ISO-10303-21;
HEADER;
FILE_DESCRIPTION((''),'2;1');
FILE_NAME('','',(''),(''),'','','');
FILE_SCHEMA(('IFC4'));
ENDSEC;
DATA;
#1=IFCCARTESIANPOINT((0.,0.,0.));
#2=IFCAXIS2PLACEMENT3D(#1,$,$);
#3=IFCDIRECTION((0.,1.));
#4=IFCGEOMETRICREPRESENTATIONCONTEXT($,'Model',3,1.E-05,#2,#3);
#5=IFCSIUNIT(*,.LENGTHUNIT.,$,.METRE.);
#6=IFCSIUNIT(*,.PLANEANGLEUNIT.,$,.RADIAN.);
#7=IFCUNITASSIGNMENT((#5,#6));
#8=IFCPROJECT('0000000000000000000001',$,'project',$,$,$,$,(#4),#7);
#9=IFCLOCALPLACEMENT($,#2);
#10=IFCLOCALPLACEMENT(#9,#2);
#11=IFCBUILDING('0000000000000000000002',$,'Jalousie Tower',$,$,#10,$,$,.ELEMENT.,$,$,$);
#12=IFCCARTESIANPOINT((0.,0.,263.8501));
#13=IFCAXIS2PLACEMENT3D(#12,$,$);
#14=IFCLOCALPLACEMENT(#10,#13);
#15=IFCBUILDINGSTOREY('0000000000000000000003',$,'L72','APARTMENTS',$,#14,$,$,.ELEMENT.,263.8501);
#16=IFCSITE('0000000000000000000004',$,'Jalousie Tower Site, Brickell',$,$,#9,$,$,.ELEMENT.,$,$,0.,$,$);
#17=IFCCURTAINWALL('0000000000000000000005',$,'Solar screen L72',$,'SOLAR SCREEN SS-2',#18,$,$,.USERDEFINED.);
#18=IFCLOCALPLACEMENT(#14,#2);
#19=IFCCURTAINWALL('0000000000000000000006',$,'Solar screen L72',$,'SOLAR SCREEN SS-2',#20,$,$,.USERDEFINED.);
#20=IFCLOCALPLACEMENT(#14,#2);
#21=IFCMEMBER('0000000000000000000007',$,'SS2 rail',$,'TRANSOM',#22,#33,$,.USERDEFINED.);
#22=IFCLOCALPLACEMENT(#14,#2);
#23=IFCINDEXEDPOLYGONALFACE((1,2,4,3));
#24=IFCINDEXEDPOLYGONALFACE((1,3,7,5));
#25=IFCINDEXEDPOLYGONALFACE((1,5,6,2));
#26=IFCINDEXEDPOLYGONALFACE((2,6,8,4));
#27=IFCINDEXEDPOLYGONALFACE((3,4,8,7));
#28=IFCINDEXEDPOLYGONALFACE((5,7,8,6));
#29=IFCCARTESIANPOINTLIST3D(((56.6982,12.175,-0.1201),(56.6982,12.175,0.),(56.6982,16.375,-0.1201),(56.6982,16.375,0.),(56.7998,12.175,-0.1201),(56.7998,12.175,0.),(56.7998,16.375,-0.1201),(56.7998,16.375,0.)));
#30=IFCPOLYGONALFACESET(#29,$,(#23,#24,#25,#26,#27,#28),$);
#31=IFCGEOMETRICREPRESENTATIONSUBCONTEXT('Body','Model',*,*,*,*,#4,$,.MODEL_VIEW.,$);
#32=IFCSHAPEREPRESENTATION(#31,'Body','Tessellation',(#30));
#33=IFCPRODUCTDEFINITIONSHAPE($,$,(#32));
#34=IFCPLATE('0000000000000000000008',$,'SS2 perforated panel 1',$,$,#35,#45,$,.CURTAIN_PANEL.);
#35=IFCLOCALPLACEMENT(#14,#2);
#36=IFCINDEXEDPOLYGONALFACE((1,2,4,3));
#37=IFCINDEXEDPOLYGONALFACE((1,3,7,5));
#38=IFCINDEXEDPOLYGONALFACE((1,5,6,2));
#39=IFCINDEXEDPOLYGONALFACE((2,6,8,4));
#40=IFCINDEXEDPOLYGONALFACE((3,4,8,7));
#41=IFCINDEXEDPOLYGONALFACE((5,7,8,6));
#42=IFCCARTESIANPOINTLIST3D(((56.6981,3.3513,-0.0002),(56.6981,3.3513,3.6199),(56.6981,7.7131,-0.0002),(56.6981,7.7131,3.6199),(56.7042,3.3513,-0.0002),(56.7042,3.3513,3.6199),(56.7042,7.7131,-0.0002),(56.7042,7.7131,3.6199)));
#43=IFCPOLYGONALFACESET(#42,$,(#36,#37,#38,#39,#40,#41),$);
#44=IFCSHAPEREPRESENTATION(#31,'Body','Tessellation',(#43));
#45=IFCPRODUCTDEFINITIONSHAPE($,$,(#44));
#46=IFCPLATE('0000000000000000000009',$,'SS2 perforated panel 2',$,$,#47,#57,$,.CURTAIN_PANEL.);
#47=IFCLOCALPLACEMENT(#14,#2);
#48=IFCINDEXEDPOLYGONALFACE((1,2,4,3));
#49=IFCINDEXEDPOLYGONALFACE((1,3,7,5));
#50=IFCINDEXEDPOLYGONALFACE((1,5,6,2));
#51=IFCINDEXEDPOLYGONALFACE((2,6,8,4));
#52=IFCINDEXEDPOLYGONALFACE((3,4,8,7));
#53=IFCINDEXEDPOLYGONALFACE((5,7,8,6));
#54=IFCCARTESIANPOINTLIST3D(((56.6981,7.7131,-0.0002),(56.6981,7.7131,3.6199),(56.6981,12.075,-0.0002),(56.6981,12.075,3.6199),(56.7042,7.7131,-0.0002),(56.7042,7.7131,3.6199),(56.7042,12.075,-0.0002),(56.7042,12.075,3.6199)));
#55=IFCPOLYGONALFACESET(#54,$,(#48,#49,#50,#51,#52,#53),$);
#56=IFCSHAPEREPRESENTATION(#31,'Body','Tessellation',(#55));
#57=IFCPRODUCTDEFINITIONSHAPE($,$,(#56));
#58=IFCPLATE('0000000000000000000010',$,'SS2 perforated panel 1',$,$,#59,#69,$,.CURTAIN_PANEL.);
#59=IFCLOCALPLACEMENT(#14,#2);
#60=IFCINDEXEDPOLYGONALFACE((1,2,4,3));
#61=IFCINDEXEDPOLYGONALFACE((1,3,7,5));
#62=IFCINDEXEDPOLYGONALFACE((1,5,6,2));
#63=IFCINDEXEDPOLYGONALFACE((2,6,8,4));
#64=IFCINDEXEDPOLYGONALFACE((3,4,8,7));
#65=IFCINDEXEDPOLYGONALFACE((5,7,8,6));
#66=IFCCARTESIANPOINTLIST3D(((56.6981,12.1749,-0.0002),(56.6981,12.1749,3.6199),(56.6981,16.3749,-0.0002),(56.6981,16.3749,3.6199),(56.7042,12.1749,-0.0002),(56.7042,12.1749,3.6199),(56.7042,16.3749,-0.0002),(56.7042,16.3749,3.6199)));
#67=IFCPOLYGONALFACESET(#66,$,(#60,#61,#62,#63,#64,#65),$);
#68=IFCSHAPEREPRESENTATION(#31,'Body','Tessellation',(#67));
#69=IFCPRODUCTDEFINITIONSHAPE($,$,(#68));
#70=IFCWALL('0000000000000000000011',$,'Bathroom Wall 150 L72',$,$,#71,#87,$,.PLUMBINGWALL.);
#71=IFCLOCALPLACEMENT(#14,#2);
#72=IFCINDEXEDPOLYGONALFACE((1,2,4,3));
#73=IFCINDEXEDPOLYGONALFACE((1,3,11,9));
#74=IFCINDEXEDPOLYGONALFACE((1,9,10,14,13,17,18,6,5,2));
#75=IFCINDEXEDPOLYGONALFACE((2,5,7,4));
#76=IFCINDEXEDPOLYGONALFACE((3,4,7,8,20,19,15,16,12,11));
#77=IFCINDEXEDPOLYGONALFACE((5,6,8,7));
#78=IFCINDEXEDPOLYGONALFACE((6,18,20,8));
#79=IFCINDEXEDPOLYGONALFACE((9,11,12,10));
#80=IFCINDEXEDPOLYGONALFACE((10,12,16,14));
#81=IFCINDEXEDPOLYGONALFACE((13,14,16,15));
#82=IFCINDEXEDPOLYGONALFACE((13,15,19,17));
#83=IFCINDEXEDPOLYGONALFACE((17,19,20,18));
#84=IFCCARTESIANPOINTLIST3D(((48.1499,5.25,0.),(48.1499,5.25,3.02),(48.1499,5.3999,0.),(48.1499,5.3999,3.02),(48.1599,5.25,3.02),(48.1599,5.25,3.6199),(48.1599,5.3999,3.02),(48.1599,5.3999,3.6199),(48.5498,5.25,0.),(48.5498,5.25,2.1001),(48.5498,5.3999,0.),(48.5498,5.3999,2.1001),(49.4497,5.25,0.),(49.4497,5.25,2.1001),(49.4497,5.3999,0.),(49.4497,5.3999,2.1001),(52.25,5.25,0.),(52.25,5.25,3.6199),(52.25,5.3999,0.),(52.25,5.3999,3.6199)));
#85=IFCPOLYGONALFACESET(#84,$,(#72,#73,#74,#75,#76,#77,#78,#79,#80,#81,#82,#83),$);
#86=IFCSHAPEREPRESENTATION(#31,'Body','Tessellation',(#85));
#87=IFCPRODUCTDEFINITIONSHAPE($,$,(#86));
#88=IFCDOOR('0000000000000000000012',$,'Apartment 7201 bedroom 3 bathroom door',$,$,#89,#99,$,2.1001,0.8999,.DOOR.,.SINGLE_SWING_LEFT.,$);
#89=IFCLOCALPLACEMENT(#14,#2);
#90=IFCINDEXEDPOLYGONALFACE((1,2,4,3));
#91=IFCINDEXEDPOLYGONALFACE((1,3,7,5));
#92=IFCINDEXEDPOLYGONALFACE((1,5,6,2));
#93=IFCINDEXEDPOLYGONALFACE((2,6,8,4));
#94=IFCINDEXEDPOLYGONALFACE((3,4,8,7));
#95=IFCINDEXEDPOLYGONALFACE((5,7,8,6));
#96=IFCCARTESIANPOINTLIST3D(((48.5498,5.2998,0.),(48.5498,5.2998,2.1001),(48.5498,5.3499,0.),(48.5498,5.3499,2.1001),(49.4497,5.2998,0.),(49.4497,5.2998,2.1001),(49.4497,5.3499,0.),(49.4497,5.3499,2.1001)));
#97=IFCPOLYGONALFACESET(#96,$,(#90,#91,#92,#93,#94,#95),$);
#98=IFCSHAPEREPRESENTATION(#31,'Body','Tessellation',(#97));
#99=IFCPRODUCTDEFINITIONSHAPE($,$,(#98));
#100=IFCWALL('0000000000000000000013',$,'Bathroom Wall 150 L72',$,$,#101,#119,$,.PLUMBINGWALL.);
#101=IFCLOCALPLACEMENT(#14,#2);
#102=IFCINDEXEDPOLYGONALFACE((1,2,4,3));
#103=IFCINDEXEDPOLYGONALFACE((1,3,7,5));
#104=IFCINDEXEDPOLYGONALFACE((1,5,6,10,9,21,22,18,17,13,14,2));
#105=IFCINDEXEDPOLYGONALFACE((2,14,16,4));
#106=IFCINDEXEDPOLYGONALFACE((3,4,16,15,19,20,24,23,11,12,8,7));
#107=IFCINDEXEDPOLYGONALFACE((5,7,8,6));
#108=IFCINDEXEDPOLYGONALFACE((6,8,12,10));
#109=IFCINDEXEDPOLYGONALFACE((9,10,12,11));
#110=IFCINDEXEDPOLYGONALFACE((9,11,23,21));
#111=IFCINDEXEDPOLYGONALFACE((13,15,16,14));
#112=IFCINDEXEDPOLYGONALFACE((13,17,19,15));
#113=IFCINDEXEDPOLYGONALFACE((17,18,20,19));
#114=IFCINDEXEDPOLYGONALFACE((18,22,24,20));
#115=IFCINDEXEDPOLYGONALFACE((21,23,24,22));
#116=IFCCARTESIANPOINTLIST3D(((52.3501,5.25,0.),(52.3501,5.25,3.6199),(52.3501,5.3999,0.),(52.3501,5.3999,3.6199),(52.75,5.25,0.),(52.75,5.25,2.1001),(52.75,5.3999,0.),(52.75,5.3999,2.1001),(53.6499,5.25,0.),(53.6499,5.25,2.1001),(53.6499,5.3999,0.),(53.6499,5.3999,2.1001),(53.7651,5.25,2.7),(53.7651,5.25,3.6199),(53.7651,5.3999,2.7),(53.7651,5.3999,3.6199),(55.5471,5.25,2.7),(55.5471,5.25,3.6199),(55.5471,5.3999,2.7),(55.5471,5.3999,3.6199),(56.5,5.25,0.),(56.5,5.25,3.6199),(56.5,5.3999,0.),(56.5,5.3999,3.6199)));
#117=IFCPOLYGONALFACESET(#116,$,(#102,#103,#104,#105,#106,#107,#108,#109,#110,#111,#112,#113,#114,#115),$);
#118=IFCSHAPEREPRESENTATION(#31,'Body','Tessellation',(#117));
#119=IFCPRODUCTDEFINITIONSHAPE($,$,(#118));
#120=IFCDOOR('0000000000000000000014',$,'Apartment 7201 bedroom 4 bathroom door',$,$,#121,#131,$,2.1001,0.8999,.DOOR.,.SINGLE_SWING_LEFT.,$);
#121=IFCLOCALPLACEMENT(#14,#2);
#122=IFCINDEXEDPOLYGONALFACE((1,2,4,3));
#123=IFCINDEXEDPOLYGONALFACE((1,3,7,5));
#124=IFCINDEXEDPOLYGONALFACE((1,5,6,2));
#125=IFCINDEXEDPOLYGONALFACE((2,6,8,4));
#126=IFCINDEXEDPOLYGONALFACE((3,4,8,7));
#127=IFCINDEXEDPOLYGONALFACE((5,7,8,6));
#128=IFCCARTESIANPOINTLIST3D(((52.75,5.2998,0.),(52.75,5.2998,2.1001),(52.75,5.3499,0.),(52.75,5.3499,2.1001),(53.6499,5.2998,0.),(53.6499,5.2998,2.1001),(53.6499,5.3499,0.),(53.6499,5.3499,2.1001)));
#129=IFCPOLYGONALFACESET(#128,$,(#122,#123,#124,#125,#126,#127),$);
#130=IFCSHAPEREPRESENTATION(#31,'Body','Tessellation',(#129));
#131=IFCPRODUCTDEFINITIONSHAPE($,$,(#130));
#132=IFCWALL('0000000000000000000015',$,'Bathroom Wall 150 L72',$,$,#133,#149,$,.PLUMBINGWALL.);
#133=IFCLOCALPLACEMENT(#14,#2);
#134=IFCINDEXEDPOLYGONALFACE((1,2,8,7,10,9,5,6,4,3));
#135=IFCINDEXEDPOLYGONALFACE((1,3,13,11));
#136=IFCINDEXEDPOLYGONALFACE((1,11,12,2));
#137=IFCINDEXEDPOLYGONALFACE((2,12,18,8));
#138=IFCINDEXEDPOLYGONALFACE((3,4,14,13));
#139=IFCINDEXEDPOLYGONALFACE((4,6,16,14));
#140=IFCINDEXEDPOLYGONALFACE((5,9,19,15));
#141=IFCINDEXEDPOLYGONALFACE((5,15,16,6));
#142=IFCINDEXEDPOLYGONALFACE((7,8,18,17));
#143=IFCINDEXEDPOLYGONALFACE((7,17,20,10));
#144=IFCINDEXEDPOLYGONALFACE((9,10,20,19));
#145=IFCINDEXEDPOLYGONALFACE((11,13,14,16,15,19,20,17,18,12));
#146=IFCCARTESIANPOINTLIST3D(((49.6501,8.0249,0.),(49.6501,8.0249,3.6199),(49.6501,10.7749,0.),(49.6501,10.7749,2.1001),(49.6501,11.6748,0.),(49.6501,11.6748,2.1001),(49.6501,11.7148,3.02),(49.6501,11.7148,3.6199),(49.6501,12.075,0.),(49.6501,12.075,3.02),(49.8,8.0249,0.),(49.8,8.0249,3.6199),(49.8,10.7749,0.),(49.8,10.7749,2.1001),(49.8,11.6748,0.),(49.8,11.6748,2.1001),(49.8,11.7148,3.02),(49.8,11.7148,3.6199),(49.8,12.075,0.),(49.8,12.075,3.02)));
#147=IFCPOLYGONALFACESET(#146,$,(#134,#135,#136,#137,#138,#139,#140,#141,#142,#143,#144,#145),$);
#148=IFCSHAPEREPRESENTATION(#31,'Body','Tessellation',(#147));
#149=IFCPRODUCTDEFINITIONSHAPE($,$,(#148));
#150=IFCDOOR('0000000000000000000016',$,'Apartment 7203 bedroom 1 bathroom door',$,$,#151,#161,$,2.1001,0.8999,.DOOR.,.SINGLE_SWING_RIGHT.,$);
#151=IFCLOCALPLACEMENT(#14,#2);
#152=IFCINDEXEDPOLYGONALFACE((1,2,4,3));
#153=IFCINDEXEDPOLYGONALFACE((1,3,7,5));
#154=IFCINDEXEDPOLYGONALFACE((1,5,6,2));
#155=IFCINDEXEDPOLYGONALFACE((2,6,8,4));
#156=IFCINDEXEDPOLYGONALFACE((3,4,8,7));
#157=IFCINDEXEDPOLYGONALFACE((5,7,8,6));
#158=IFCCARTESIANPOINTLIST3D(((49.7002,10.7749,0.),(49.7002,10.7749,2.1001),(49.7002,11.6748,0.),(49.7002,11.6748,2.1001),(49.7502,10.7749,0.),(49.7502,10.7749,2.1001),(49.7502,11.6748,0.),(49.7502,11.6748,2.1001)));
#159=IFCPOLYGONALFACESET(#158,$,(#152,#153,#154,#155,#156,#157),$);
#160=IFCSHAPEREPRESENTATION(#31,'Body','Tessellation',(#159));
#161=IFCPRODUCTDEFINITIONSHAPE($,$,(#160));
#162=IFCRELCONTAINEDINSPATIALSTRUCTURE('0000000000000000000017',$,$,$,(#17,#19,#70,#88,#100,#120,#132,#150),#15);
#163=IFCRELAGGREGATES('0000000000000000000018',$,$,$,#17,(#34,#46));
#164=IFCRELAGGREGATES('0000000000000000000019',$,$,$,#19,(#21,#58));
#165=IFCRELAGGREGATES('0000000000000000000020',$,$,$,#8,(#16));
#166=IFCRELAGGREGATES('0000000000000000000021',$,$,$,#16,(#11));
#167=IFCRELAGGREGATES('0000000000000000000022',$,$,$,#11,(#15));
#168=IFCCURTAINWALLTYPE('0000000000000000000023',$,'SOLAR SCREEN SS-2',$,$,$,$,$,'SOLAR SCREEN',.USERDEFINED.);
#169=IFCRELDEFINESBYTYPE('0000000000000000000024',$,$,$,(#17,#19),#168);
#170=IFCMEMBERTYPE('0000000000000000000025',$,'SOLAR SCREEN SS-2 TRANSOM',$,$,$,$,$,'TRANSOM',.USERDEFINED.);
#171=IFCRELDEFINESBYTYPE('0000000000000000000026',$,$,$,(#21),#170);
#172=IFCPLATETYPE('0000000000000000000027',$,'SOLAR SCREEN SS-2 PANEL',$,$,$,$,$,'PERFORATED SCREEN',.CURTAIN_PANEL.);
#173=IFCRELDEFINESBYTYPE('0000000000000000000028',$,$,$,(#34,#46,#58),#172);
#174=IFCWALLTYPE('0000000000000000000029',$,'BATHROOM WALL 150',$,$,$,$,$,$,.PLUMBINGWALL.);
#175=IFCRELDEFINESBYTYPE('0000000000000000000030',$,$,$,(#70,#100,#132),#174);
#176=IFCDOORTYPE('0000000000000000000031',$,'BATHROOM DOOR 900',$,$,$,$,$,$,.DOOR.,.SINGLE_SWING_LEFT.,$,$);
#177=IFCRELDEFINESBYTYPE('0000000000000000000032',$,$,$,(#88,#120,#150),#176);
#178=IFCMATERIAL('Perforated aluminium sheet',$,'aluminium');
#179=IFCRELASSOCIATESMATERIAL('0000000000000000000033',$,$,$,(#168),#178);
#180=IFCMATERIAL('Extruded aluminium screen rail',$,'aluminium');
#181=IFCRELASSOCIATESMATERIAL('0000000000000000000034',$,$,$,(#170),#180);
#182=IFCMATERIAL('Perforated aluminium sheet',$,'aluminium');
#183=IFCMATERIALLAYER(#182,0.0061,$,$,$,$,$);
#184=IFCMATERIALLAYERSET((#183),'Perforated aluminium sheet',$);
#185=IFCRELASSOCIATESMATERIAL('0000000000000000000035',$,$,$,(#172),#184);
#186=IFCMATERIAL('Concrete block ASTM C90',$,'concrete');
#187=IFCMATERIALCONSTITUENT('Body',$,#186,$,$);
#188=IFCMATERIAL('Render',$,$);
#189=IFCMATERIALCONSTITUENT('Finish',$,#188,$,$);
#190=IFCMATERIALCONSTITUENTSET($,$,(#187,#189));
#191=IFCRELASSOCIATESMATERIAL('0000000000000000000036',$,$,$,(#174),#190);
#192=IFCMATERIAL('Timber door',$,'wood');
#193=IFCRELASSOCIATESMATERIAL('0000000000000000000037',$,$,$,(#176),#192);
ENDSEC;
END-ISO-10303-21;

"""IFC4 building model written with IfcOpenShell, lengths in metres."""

from ifc_helpers import new_model, si_unit, direction, frame, frame_2d, origin, origin_2d, place, context, subcontext, project, spatial, polyline, rectangle, outline, extrude, material, layer, layer_set, constituent, constituent_set, material_profile, profile_set, type_object, element, fill, aggregate, save


model = new_model("IFC4")

# Units and contexts
model_context = context("Model", 3, precision=1e-05, world=origin(), true_north=direction((0.0, 1.0)))
body_context = subcontext(model_context, "Body", "Model", "MODEL_VIEW")
ifc_project = project(units=[si_unit("LENGTHUNIT", "METRE"), si_unit("PLANEANGLEUNIT", "RADIAN")], contexts=[model_context])

# Site, building, storey
site_placement = place(None, origin())
site = spatial("IfcSite", under=ifc_project, at=site_placement, Name="Jalousie Tower Site, Brickell", CompositionType="ELEMENT", RefElevation=0.0)
building_placement = place(site_placement, origin())
building = spatial("IfcBuilding", under=site, at=building_placement, Name="Jalousie Tower", CompositionType="ELEMENT")
storey_placement = place(building_placement, frame((0.0, 0.0, 263.8501)))
storey = spatial("IfcBuildingStorey", under=building, at=storey_placement, Name="L72", Description="APARTMENTS", CompositionType="ELEMENT", Elevation=263.8501)

# Curtain walls, member
ifc_material_1 = material(Name="Perforated aluminium sheet", Category="aluminium")
curtain_wall_type = type_object("IfcCurtainWallType", Name="SOLAR SCREEN SS-2", ElementType="SOLAR SCREEN", PredefinedType="USERDEFINED", material=ifc_material_1)
curtain_wall_1_placement = place(storey_placement, origin())
curtain_wall_1 = element("IfcCurtainWall", 1, at=curtain_wall_1_placement, inside=storey, type_object=curtain_wall_type, Name="Solar screen L72", ObjectType="SOLAR SCREEN SS-2", PredefinedType="USERDEFINED")
curtain_wall_2_placement = place(storey_placement, origin())
curtain_wall_2 = element("IfcCurtainWall", 2, at=curtain_wall_2_placement, inside=storey, type_object=curtain_wall_type, Name="Solar screen L72", ObjectType="SOLAR SCREEN SS-2", PredefinedType="USERDEFINED")
ifc_material_2 = material(Name="Extruded aluminium screen rail", Category="aluminium")
ifc_material_profile_1 = material_profile(ifc_material_2, rectangle(XDim=0.1016, YDim=0.1201, at=origin_2d()), Name="RAIL 102x120")
ifc_profile_set_1 = profile_set([ifc_material_profile_1], Name="Extruded aluminium screen rail")
member_type_1 = type_object("IfcMemberType", Name="SOLAR SCREEN SS-2 TRANSOM", ElementType="TRANSOM", PredefinedType="USERDEFINED", material=ifc_profile_set_1)
member_1_placement = place(storey_placement, frame((56.749, 12.175, -0.0601), z_axis=(0.0, 1.0, 0.0), x_axis=(-1.0, 0.0, 0.0)))
member_1 = element("IfcMember", 3, at=member_1_placement, type_object=member_type_1, Name="SS2 rail", ObjectType="TRANSOM", PredefinedType="USERDEFINED", context=body_context, shape_type="SweptSolid", body=[
    extrude(rectangle(XDim=0.1016, YDim=0.1201, at=origin_2d()), origin(), (0.0, 0.0, 1.0), 4.2),
])

# Plates
ifc_material_3 = material(Name="Perforated aluminium sheet", Category="aluminium")
ifc_layer = layer(ifc_material_3, 0.0061)
ifc_layer_set = layer_set([ifc_layer], Name="Perforated aluminium sheet")
plate_type = type_object("IfcPlateType", Name="SOLAR SCREEN SS-2 PANEL", ElementType="PERFORATED SCREEN", PredefinedType="CURTAIN_PANEL", material=ifc_layer_set)
plate_1_placement = place(storey_placement, frame((56.7012, 5.5322, -0.0002), z_axis=(0.0, 0.0, 1.0), x_axis=(0.0, 1.0, 0.0)))
plate_1 = element("IfcPlate", 4, at=plate_1_placement, type_object=plate_type, Name="SS2 perforated panel 1", PredefinedType="CURTAIN_PANEL", context=body_context, shape_type="SweptSolid", body=[
    extrude(rectangle(XDim=4.3618, YDim=0.0061, at=origin_2d()), origin(), (0.0, 0.0, 1.0), 3.6201),
])
plate_2_placement = place(storey_placement, frame((56.7012, 9.894, -0.0002), z_axis=(0.0, 0.0, 1.0), x_axis=(0.0, 1.0, 0.0)))
plate_2 = element("IfcPlate", 5, at=plate_2_placement, type_object=plate_type, Name="SS2 perforated panel 2", PredefinedType="CURTAIN_PANEL", context=body_context, shape_type="SweptSolid", body=[
    extrude(rectangle(XDim=4.3618, YDim=0.0061, at=origin_2d()), origin(), (0.0, 0.0, 1.0), 3.6201),
])
aggregate(curtain_wall_1, [plate_1, plate_2])
plate_3_placement = place(storey_placement, frame((56.7012, 14.2749, -0.0002), z_axis=(0.0, 0.0, 1.0), x_axis=(0.0, 1.0, 0.0)))
plate_3 = element("IfcPlate", 6, at=plate_3_placement, type_object=plate_type, Name="SS2 perforated panel 1", PredefinedType="CURTAIN_PANEL", context=body_context, shape_type="SweptSolid", body=[
    extrude(rectangle(XDim=4.2, YDim=0.0061, at=origin_2d()), origin(), (0.0, 0.0, 1.0), 3.6201),
])
aggregate(curtain_wall_2, [member_1, plate_3])

# Walls, openings, doors
ifc_material_4 = material(Name="Concrete block ASTM C90", Category="concrete")
ifc_constituent_1 = constituent(ifc_material_4, Name="Body")
ifc_material_5 = material(Name="Render")
ifc_constituent_2 = constituent(ifc_material_5, Name="Finish")
ifc_constituent_set_1 = constituent_set(constituents=[ifc_constituent_1, ifc_constituent_2])
wall_type_1 = type_object("IfcWallType", Name="BATHROOM WALL 150", PredefinedType="PLUMBINGWALL", material=ifc_constituent_set_1)
wall_1_placement = place(storey_placement, frame((48.1499, 5.325, 0.0), z_axis=(0.0, 0.0, 1.0), x_axis=(1.0, 0.0, 0.0)))
wall_1 = element("IfcWall", 7, at=wall_1_placement, inside=storey, type_object=wall_type_1, Name="Bathroom Wall 150 L72", PredefinedType="PLUMBINGWALL", context=body_context, shape_type="SweptSolid", body=[
    extrude(outline(polyline([(0.0, 0.0), (4.1001, 0.0), (4.1001, 3.6199), (0.01, 3.6199), (0.01, 3.02), (0.0, 3.02), (0.0, 3.6199), (0.0, 0.0)])), frame((0.0, 0.075, 0.0), z_axis=(0.0, -1.0, 0.0), x_axis=(1.0, 0.0, 0.0)), (0.0, 0.0, 1.0), 0.1499),
])
opening_1_placement = place(wall_1_placement, frame((0.3999, 0.0, 0.0)))
opening_1 = element("IfcOpeningElement", 8, at=opening_1_placement, cuts=wall_1, PredefinedType="OPENING", context=body_context, shape_type="SweptSolid", body=[
    extrude(rectangle(XDim=0.8999, YDim=2.1001, at=frame_2d((0.45, 1.05))), frame((0.0, 0.085, 0.0), z_axis=(0.0, -1.0, 0.0), x_axis=(1.0, 0.0, 0.0)), (0.0, 0.0, 1.0), 0.1699),
])
ifc_material_6 = material(Name="Timber door", Category="wood")
door_type_1 = type_object("IfcDoorType", Name="BATHROOM DOOR 900", OperationType="SINGLE_SWING_LEFT", PredefinedType="DOOR", material=ifc_material_6)
door_1_placement = place(opening_1_placement, origin())
door_1 = element("IfcDoor", 9, at=door_1_placement, inside=storey, type_object=door_type_1, Name="Apartment 7201 bedroom 3 bathroom door", OperationType="SINGLE_SWING_LEFT", OverallHeight=2.1001, OverallWidth=0.8999, PredefinedType="DOOR", context=body_context, shape_type="SweptSolid", body=[
    extrude(rectangle(XDim=0.8999, YDim=2.1001, at=frame_2d((0.45, 1.05))), frame((0.0, 0.0249, 0.0), z_axis=(0.0, -1.0, 0.0), x_axis=(1.0, 0.0, 0.0)), (0.0, 0.0, 1.0), 0.05),
])
fill(opening_1, door_1)
wall_2_placement = place(storey_placement, frame((52.3501, 5.325, 0.0), z_axis=(0.0, 0.0, 1.0), x_axis=(1.0, 0.0, 0.0)))
wall_2 = element("IfcWall", 10, at=wall_2_placement, inside=storey, type_object=wall_type_1, Name="Bathroom Wall 150 L72", PredefinedType="PLUMBINGWALL", context=body_context, shape_type="SweptSolid", body=[
    extrude(outline(polyline([(0.0, 0.0), (4.1499, 0.0), (4.1499, 3.6199), (3.197, 3.6199), (3.197, 2.7), (1.415, 2.7), (1.415, 3.6199), (0.0, 3.6199), (0.0, 0.0)])), frame((0.0, 0.075, 0.0), z_axis=(0.0, -1.0, 0.0), x_axis=(1.0, 0.0, 0.0)), (0.0, 0.0, 1.0), 0.1499),
])
opening_2_placement = place(wall_2_placement, frame((0.3999, 0.0, 0.0)))
opening_2 = element("IfcOpeningElement", 11, at=opening_2_placement, cuts=wall_2, PredefinedType="OPENING", context=body_context, shape_type="SweptSolid", body=[
    extrude(rectangle(XDim=0.8999, YDim=2.1001, at=frame_2d((0.45, 1.05))), frame((0.0, 0.085, 0.0), z_axis=(0.0, -1.0, 0.0), x_axis=(1.0, 0.0, 0.0)), (0.0, 0.0, 1.0), 0.1699),
])
door_2_placement = place(opening_2_placement, origin())
door_2 = element("IfcDoor", 12, at=door_2_placement, inside=storey, type_object=door_type_1, Name="Apartment 7201 bedroom 4 bathroom door", OperationType="SINGLE_SWING_LEFT", OverallHeight=2.1001, OverallWidth=0.8999, PredefinedType="DOOR", context=body_context, shape_type="SweptSolid", body=[
    extrude(rectangle(XDim=0.8999, YDim=2.1001, at=frame_2d((0.45, 1.05))), frame((0.0, 0.0249, 0.0), z_axis=(0.0, -1.0, 0.0), x_axis=(1.0, 0.0, 0.0)), (0.0, 0.0, 1.0), 0.05),
])
fill(opening_2, door_2)
wall_3_placement = place(storey_placement, frame((49.7251, 8.0249, 0.0), z_axis=(0.0, 0.0, 1.0), x_axis=(0.0, 1.0, 0.0)))
wall_3 = element("IfcWall", 13, at=wall_3_placement, inside=storey, type_object=wall_type_1, Name="Bathroom Wall 150 L72", PredefinedType="PLUMBINGWALL", context=body_context, shape_type="SweptSolid", body=[
    extrude(outline(polyline([(0.0, 0.0), (4.05, 0.0), (4.05, 3.6199), (4.05, 3.02), (3.6899, 3.02), (3.6899, 3.6199), (0.0, 3.6199), (0.0, 0.0)])), frame((0.0, 0.075, 0.0), z_axis=(0.0, -1.0, 0.0), x_axis=(1.0, 0.0, 0.0)), (0.0, 0.0, 1.0), 0.1499),
])
opening_3_placement = place(wall_3_placement, frame((2.75, 0.0, 0.0)))
opening_3 = element("IfcOpeningElement", 14, at=opening_3_placement, cuts=wall_3, PredefinedType="OPENING", context=body_context, shape_type="SweptSolid", body=[
    extrude(rectangle(XDim=0.8999, YDim=2.1001, at=frame_2d((0.45, 1.05))), frame((0.0, 0.085, 0.0), z_axis=(0.0, -1.0, 0.0), x_axis=(1.0, 0.0, 0.0)), (0.0, 0.0, 1.0), 0.1699),
])
door_3_placement = place(opening_3_placement, origin())
door_3 = element("IfcDoor", 15, at=door_3_placement, inside=storey, type_object=door_type_1, Name="Apartment 7203 bedroom 1 bathroom door", OperationType="SINGLE_SWING_RIGHT", OverallHeight=2.1001, OverallWidth=0.8999, PredefinedType="DOOR", context=body_context, shape_type="SweptSolid", body=[
    extrude(rectangle(XDim=0.8999, YDim=2.1001, at=frame_2d((0.45, 1.05))), frame((0.0, 0.0249, 0.0), z_axis=(0.0, -1.0, 0.0), x_axis=(1.0, 0.0, 0.0)), (0.0, 0.0, 1.0), 0.05),
])
fill(opening_3, door_3)

save(model, "model.ifc")
